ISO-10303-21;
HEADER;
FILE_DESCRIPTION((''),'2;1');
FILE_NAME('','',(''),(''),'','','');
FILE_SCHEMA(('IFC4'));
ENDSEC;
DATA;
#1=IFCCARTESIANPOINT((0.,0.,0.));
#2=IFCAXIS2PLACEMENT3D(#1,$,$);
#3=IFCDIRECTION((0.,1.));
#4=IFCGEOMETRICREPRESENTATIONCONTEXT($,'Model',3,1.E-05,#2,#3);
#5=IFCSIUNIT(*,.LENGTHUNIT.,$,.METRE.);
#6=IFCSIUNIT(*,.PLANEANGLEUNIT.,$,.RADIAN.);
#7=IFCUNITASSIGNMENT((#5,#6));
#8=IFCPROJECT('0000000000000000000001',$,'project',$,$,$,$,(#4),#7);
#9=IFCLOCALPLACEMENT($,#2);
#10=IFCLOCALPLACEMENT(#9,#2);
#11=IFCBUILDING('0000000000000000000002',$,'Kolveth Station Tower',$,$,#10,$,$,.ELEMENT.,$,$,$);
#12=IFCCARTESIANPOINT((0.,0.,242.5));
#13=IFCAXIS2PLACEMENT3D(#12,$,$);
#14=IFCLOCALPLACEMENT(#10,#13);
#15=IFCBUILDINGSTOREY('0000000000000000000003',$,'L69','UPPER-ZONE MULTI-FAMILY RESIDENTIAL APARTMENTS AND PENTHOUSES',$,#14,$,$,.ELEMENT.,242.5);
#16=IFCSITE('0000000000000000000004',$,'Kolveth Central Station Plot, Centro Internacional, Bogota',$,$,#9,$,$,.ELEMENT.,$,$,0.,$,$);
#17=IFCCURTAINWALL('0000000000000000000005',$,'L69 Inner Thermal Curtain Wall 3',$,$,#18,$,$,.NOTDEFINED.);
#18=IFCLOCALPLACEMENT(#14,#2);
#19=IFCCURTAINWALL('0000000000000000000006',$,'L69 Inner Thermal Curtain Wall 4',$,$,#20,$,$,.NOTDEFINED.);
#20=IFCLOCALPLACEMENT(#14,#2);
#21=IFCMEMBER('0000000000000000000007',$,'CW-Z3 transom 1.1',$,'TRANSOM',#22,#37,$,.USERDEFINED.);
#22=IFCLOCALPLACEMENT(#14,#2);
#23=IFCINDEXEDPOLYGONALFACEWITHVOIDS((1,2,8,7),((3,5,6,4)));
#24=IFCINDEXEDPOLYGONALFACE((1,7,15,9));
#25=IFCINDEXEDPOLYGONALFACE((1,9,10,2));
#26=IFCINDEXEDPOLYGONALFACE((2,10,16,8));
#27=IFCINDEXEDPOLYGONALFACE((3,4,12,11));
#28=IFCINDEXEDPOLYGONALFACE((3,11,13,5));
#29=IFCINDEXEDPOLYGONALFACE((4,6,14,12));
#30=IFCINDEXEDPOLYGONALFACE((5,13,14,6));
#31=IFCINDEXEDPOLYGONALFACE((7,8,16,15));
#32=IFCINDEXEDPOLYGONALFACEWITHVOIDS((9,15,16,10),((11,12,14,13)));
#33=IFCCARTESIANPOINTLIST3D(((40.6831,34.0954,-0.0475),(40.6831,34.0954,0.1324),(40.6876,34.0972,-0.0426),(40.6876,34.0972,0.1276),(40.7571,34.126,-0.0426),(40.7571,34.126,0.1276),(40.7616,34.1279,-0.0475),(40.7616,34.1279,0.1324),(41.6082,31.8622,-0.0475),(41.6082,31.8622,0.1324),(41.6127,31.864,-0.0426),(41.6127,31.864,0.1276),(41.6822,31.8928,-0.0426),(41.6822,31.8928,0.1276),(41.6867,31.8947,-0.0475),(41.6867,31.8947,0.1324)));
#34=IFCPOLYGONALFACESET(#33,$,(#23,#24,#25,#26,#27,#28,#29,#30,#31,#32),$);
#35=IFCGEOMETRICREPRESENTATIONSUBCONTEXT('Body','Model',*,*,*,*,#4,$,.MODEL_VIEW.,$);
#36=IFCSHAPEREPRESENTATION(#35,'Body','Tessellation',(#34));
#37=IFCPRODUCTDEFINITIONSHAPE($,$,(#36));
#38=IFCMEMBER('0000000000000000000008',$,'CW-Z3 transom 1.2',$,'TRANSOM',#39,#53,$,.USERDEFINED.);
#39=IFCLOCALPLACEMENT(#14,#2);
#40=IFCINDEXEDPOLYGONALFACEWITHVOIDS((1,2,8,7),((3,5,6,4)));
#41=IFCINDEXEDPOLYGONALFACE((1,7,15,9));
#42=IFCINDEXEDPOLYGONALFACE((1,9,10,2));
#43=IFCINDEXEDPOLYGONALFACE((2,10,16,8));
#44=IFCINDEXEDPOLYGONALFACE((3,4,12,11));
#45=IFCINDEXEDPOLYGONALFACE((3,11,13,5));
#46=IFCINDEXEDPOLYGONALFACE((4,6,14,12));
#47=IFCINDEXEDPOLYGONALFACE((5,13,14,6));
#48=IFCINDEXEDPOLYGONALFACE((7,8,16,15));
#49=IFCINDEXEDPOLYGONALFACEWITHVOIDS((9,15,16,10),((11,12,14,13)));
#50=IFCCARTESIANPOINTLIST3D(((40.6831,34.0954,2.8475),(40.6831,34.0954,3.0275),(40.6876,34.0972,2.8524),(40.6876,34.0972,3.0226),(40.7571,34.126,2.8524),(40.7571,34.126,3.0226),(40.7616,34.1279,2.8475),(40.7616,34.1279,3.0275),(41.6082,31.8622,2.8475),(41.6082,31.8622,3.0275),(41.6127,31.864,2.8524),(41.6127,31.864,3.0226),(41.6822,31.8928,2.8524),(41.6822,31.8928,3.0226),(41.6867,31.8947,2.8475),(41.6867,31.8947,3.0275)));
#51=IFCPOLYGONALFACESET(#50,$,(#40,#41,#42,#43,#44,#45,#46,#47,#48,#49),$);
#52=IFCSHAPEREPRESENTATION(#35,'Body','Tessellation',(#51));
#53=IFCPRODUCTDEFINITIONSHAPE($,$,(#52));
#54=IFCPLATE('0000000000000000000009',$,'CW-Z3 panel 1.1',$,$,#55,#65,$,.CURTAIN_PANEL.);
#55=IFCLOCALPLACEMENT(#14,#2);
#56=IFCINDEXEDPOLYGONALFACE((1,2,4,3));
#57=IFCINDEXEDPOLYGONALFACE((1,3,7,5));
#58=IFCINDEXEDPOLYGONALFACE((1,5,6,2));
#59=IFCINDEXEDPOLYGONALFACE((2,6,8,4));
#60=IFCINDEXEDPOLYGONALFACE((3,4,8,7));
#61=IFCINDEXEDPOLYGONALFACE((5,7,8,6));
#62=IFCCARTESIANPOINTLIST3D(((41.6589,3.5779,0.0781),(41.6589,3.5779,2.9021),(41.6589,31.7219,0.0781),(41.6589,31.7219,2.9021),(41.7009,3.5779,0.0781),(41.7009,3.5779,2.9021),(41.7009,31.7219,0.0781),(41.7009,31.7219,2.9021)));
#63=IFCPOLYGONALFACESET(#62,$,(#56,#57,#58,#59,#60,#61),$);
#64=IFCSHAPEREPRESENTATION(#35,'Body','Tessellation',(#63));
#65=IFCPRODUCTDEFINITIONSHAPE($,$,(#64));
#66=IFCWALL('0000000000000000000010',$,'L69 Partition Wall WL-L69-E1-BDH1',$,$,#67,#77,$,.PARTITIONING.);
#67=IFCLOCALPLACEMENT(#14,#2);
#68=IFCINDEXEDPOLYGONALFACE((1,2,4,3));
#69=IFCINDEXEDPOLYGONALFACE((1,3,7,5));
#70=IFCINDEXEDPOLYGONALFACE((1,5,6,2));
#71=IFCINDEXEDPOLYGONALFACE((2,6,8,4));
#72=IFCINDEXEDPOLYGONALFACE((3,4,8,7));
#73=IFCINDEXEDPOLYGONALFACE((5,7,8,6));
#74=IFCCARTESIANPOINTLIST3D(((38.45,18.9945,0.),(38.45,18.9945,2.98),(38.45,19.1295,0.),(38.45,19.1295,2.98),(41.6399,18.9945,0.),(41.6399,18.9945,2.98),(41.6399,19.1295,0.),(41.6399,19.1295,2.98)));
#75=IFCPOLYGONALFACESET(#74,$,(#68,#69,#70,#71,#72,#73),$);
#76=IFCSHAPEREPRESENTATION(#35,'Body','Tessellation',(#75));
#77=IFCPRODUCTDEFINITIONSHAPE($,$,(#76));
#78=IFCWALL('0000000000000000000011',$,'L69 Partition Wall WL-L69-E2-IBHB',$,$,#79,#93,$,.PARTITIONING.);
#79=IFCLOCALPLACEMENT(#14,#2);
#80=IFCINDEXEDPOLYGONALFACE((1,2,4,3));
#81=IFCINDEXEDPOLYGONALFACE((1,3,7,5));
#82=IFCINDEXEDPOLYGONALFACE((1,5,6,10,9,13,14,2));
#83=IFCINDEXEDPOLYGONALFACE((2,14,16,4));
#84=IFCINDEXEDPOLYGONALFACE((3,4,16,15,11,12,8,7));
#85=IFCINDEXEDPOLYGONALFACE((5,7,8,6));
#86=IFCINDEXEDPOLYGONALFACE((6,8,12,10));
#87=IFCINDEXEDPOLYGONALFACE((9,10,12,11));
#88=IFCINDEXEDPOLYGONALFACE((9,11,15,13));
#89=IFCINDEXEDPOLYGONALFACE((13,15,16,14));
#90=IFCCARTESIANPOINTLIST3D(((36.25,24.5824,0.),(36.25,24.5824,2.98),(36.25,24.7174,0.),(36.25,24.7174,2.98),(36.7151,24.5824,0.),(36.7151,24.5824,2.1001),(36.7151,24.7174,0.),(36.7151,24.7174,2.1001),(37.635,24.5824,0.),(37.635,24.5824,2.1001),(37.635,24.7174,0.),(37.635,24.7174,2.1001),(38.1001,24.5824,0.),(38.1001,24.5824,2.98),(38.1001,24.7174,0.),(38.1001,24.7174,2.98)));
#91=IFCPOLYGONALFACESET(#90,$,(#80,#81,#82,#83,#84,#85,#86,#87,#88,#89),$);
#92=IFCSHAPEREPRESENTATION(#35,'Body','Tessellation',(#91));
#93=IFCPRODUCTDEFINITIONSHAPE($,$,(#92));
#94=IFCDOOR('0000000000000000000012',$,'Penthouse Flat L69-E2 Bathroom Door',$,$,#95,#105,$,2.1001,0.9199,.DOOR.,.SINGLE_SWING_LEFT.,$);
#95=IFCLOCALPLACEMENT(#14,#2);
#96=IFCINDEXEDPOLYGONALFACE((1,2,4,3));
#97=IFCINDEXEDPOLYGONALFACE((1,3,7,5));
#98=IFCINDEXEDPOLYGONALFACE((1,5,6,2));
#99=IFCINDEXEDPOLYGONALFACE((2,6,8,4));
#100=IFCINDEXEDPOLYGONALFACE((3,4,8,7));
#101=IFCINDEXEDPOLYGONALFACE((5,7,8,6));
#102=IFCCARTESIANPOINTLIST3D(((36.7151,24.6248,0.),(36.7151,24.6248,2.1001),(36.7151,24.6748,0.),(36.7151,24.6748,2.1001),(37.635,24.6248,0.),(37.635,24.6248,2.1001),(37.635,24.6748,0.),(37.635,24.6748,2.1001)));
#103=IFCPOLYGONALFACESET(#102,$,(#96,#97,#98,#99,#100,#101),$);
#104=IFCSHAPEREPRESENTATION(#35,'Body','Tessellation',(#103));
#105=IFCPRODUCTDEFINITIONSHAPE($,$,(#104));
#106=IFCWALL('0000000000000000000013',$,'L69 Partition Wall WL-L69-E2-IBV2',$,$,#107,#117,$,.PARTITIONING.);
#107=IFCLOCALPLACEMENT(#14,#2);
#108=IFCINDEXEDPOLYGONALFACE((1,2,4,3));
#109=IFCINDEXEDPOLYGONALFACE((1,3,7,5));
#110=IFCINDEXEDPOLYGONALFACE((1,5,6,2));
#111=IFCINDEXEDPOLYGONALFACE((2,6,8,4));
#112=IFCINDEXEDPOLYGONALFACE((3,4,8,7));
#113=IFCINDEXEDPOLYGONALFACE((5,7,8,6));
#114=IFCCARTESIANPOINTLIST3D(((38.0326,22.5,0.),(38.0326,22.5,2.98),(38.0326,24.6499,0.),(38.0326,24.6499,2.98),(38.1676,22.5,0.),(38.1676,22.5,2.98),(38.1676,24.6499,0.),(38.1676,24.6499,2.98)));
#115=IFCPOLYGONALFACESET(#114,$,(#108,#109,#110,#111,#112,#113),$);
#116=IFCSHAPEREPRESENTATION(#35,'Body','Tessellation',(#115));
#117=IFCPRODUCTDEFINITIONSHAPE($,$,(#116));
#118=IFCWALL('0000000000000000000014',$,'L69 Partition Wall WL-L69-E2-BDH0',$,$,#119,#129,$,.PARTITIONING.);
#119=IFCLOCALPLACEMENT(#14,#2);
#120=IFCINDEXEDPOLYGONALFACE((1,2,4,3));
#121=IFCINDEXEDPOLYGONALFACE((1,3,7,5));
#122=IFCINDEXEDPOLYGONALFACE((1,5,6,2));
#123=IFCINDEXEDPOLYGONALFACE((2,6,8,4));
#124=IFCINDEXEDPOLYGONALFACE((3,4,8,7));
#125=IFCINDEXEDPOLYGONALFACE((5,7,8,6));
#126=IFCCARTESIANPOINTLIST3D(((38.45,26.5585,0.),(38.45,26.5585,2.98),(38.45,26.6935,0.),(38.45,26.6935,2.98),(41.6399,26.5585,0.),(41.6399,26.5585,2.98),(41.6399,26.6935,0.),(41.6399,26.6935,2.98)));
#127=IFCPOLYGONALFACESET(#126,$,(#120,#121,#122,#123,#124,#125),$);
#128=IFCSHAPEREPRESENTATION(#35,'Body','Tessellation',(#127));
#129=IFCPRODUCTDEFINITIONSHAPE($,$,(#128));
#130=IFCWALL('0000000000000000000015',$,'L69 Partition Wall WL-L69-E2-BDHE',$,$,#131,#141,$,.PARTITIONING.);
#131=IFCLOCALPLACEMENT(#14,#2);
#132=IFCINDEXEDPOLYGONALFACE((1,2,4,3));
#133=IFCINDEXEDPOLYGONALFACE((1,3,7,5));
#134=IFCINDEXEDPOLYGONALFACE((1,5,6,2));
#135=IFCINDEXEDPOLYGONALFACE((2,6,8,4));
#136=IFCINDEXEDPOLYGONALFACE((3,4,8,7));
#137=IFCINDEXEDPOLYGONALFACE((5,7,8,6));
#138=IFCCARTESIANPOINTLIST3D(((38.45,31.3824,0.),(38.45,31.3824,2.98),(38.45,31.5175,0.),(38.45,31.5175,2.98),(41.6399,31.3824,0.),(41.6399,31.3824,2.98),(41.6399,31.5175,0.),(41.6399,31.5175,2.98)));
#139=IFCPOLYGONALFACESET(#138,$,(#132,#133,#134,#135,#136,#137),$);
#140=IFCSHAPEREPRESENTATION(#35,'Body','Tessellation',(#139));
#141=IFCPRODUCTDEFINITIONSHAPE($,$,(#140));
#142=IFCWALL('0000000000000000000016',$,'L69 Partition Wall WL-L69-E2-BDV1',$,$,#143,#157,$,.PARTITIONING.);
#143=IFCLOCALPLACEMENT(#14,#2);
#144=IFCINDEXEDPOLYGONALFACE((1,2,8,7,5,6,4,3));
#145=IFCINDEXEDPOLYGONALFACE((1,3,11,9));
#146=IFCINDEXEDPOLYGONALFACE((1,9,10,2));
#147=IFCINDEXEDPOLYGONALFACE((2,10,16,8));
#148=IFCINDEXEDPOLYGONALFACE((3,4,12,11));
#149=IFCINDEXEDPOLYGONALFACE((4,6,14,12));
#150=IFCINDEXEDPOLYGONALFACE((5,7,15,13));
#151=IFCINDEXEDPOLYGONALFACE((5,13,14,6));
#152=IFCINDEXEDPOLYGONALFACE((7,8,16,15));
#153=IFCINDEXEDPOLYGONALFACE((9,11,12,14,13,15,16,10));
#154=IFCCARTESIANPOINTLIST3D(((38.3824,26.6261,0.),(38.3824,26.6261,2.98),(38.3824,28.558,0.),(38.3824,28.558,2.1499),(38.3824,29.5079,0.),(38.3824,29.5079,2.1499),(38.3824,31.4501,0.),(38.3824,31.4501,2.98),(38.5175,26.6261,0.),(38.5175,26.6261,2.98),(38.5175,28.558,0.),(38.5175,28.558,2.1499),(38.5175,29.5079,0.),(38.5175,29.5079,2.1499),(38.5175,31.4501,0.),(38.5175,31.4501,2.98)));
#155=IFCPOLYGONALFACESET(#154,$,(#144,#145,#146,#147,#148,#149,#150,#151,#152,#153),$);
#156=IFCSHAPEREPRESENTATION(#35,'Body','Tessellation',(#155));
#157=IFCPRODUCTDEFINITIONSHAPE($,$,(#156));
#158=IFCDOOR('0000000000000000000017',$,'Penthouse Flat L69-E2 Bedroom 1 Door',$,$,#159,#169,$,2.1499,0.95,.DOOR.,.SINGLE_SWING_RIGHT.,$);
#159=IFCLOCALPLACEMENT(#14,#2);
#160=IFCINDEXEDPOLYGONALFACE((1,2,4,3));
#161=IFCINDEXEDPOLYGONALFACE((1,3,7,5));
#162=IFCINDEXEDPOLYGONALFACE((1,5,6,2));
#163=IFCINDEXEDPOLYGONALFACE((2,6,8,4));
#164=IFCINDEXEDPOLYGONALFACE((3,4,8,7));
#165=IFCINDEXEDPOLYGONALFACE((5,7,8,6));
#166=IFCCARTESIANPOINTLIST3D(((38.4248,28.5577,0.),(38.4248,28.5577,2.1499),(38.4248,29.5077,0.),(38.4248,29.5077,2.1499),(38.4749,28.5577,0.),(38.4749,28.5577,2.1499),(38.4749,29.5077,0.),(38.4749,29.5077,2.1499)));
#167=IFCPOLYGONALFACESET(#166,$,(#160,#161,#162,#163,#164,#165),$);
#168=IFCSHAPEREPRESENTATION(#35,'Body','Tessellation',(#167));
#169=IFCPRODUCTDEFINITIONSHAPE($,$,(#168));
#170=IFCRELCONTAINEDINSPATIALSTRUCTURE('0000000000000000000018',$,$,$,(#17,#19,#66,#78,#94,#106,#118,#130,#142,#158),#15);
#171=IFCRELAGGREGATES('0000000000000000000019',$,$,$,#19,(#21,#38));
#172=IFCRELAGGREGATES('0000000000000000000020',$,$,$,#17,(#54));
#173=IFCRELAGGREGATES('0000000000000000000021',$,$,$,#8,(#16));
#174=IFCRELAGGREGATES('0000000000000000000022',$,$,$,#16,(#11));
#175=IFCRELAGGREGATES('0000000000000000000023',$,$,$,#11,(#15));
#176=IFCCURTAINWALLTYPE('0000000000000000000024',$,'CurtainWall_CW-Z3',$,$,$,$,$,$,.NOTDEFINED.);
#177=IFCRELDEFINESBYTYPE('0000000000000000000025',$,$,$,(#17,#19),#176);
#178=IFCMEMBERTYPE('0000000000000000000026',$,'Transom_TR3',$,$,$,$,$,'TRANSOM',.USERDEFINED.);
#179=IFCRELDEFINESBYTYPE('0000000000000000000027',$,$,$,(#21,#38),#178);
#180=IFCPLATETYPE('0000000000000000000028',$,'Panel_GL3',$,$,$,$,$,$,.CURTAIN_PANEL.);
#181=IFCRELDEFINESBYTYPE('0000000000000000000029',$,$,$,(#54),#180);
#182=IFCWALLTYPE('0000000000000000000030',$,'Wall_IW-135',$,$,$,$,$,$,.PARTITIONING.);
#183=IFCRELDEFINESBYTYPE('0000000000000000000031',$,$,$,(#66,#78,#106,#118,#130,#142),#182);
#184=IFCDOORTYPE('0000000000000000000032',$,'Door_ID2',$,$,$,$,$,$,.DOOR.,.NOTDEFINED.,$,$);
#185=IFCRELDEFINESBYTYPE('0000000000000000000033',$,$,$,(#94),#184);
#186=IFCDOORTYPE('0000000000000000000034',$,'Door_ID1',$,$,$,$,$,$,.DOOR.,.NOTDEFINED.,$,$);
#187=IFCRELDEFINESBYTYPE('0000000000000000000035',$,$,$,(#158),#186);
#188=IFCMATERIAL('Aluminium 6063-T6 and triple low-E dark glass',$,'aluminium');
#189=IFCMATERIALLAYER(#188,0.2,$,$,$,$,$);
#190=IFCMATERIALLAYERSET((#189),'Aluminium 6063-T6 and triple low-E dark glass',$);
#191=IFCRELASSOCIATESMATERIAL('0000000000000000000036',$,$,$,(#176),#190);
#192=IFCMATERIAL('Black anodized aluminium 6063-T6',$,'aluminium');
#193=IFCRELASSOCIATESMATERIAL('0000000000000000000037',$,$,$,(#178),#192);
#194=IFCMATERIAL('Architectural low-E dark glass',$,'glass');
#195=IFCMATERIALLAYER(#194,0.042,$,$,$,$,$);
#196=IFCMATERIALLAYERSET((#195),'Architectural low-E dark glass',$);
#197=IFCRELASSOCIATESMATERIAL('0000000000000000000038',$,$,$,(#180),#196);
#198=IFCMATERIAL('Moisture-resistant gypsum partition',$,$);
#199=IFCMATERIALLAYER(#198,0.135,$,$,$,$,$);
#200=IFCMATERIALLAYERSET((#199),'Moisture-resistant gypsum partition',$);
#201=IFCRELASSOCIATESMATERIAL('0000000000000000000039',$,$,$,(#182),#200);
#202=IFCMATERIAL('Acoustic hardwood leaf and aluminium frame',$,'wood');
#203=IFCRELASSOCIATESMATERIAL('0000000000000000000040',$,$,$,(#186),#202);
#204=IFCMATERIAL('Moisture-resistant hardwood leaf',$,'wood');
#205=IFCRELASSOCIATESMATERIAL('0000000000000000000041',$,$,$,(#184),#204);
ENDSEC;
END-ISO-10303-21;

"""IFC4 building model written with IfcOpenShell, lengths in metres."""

from ifc_helpers import new_model, si_unit, direction, frame, frame_2d, origin, origin_2d, place, context, subcontext, project, spatial, rectangle, hollow_rectangle, extrude, source, transform, mapped, material, layer, layer_set, material_profile, profile_set, type_object, element, fill, aggregate, save


model = new_model("IFC4")

# Units and contexts
model_context = context("Model", 3, precision=1e-05, world=origin(), true_north=direction((0.0, 1.0)))
body_context = subcontext(model_context, "Body", "Model", "MODEL_VIEW")
ifc_project = project(units=[si_unit("LENGTHUNIT", "METRE"), si_unit("PLANEANGLEUNIT", "RADIAN")], contexts=[model_context])

# Site, building, storey
site_placement = place(None, origin())
site = spatial("IfcSite", under=ifc_project, at=site_placement, Name="Kolveth Central Station Plot, Centro Internacional, Bogota", CompositionType="ELEMENT", RefElevation=0.0)
building_placement = place(site_placement, origin())
building = spatial("IfcBuilding", under=site, at=building_placement, Name="Kolveth Station Tower", CompositionType="ELEMENT")
storey_placement = place(building_placement, frame((0.0, 0.0, 242.5)))
storey = spatial("IfcBuildingStorey", under=building, at=storey_placement, Name="L69", Description="UPPER-ZONE MULTI-FAMILY RESIDENTIAL APARTMENTS AND PENTHOUSES", CompositionType="ELEMENT", Elevation=242.5)

# Curtain wall
ifc_material_1 = material(Name="Black anodized aluminium 6063-T6", Category="aluminium")
ifc_material_2 = material(Name="Aluminium 6063-T6 and triple low-E dark glass", Category="aluminium")
ifc_layer_1 = layer(ifc_material_2, 0.2)
ifc_layer_set_1 = layer_set([ifc_layer_1], Name="Aluminium 6063-T6 and triple low-E dark glass")
curtain_wall_type_1 = type_object("IfcCurtainWallType", Name="CurtainWall_CW-Z3", PredefinedType="NOTDEFINED", material=ifc_layer_set_1)
curtain_wall_1_placement = place(storey_placement, origin())
curtain_wall_1 = element("IfcCurtainWall", 1, at=curtain_wall_1_placement, inside=storey, type_object=curtain_wall_type_1, Name="L69 Inner Thermal Curtain Wall 3", PredefinedType="NOTDEFINED")

# Curtain wall, members
curtain_wall_2_placement = place(storey_placement, origin())
curtain_wall_2 = element("IfcCurtainWall", 2, at=curtain_wall_2_placement, inside=storey, type_object=curtain_wall_type_1, Name="L69 Inner Thermal Curtain Wall 4", PredefinedType="NOTDEFINED")
ifc_material_profile_1 = material_profile(ifc_material_1, hollow_rectangle(XDim=0.085, YDim=0.1799, WallThickness=0.0049, at=origin_2d()), Name="ALU-85x180x5")
ifc_profile_set_1 = profile_set([ifc_material_profile_1], Name="Black anodized aluminium 6063-T6")
member_type_1 = type_object("IfcMemberType", Name="Transom_TR3", ElementType="TRANSOM", PredefinedType="USERDEFINED", material=ifc_profile_set_1)
shared_shape_1 = source(origin(), body_context, "Body", "SweptSolid", [
    extrude(hollow_rectangle(XDim=0.085, YDim=0.1799, WallThickness=0.0049, at=origin_2d()), origin(), (0.0, 0.0, 1.0), 2.4172),
])
member_1_placement = place(storey_placement, frame((41.6475, 31.8784, 0.0425), z_axis=(-0.3827, 0.923873, 0.0), x_axis=(-0.923873, -0.3827, 0.0)))
member_1 = element("IfcMember", 3, at=member_1_placement, type_object=member_type_1, Name="CW-Z3 transom 1.1", ObjectType="TRANSOM", PredefinedType="USERDEFINED", context=body_context, shape_type="MappedRepresentation", body=[
    mapped(shared_shape_1, transform((0.0, 0.0, 0.0), x_axis=(1.0, 0.0, 0.0), y_axis=(0.0, 1.0, 0.0), z_axis=(0.0, 0.0, 1.0), scale=1.0)),
])
member_2_placement = place(storey_placement, frame((41.6475, 31.8784, 2.9375), z_axis=(-0.3827, 0.923873, 0.0), x_axis=(-0.923873, -0.3827, 0.0)))
member_2 = element("IfcMember", 4, at=member_2_placement, type_object=member_type_1, Name="CW-Z3 transom 1.2", ObjectType="TRANSOM", PredefinedType="USERDEFINED", context=body_context, shape_type="MappedRepresentation", body=[
    mapped(shared_shape_1, transform((0.0, 0.0, 0.0), x_axis=(1.0, 0.0, 0.0), y_axis=(0.0, 1.0, 0.0), z_axis=(0.0, 0.0, 1.0), scale=1.0)),
])
aggregate(curtain_wall_2, [member_1, member_2])

# Plate
ifc_material_3 = material(Name="Architectural low-E dark glass", Category="glass")
ifc_layer_2 = layer(ifc_material_3, 0.042)
ifc_layer_set_2 = layer_set([ifc_layer_2], Name="Architectural low-E dark glass")
plate_type = type_object("IfcPlateType", Name="Panel_GL3", PredefinedType="CURTAIN_PANEL", material=ifc_layer_set_2)
shared_shape_2 = source(origin(), body_context, "Body", "SweptSolid", [
    extrude(rectangle(XDim=28.144, YDim=0.042, at=origin_2d()), origin(), (0.0, 0.0, 1.0), 2.824),
])
plate_placement = place(storey_placement, frame((41.6799, 17.6499, 0.0781), z_axis=(0.0, 0.0, 1.0), x_axis=(0.0, 1.0, 0.0)))
plate = element("IfcPlate", 5, at=plate_placement, type_object=plate_type, Name="CW-Z3 panel 1.1", PredefinedType="CURTAIN_PANEL", context=body_context, shape_type="MappedRepresentation", body=[
    mapped(shared_shape_2, transform((0.0, 0.0, 0.0), x_axis=(1.0, 0.0, 0.0), y_axis=(0.0, 1.0, 0.0), z_axis=(0.0, 0.0, 1.0), scale=1.0)),
])
aggregate(curtain_wall_1, [plate])

# Shared definitions
ifc_material_4 = material(Name="Moisture-resistant gypsum partition")
ifc_layer_3 = layer(ifc_material_4, 0.135)
ifc_layer_set_3 = layer_set([ifc_layer_3], Name="Moisture-resistant gypsum partition")
wall_type = type_object("IfcWallType", Name="Wall_IW-135", PredefinedType="PARTITIONING", material=ifc_layer_set_3)
ifc_material_5 = material(Name="Acoustic hardwood leaf and aluminium frame", Category="wood")
door_type_1 = type_object("IfcDoorType", Name="Door_ID1", OperationType="NOTDEFINED", PredefinedType="DOOR", material=ifc_material_5)

# Wall
wall_1_placement = place(storey_placement, frame((38.45, 19.062, 0.0), z_axis=(0.0, 0.0, 1.0), x_axis=(1.0, 0.0, 0.0)))
element("IfcWall", 6, at=wall_1_placement, inside=storey, type_object=wall_type, Name="L69 Partition Wall WL-L69-E1-BDH1", PredefinedType="PARTITIONING", context=body_context, shape_type="SweptSolid", body=[
    extrude(rectangle(XDim=3.1899, YDim=0.135, at=frame_2d((1.595, 0.0))), origin(), (0.0, 0.0, 1.0), 2.98),
])

# Wall, opening, door
wall_2_placement = place(storey_placement, frame((36.25, 24.6499, 0.0), z_axis=(0.0, 0.0, 1.0), x_axis=(1.0, 0.0, 0.0)))
wall_2 = element("IfcWall", 7, at=wall_2_placement, inside=storey, type_object=wall_type, Name="L69 Partition Wall WL-L69-E2-IBHB", PredefinedType="PARTITIONING", context=body_context, shape_type="SweptSolid", body=[
    extrude(rectangle(XDim=1.8501, YDim=0.135, at=frame_2d((0.925, 0.0))), origin(), (0.0, 0.0, 1.0), 2.98),
])
opening_1_placement = place(wall_2_placement, frame((0.4651, 0.0, 0.0)))
opening_1 = element("IfcOpeningElement", 8, at=opening_1_placement, cuts=wall_2, PredefinedType="OPENING", context=body_context, shape_type="SweptSolid", body=[
    extrude(rectangle(XDim=0.9199, YDim=2.1001, at=frame_2d((0.46, 1.05))), frame((0.0, 0.0774, 0.0), z_axis=(0.0, -1.0, 0.0), x_axis=(1.0, 0.0, 0.0)), (0.0, 0.0, 1.0), 0.155),
])
ifc_material_6 = material(Name="Moisture-resistant hardwood leaf", Category="wood")
door_type_2 = type_object("IfcDoorType", Name="Door_ID2", OperationType="NOTDEFINED", PredefinedType="DOOR", material=ifc_material_6)
door_1_placement = place(opening_1_placement, origin())
door_1 = element("IfcDoor", 9, at=door_1_placement, inside=storey, type_object=door_type_2, Name="Penthouse Flat L69-E2 Bathroom Door", OperationType="SINGLE_SWING_LEFT", OverallHeight=2.1001, OverallWidth=0.9199, PredefinedType="DOOR", context=body_context, shape_type="SweptSolid", body=[
    extrude(rectangle(XDim=0.9199, YDim=2.1001, at=frame_2d((0.46, 1.05))), frame((0.0, 0.0249, 0.0), z_axis=(0.0, -1.0, 0.0), x_axis=(1.0, 0.0, 0.0)), (0.0, 0.0, 1.0), 0.05),
])
fill(opening_1, door_1)

# Walls
wall_3_placement = place(storey_placement, frame((38.1001, 22.5, 0.0), z_axis=(0.0, 0.0, 1.0), x_axis=(0.0, 1.0, 0.0)))
element("IfcWall", 10, at=wall_3_placement, inside=storey, type_object=wall_type, Name="L69 Partition Wall WL-L69-E2-IBV2", PredefinedType="PARTITIONING", context=body_context, shape_type="SweptSolid", body=[
    extrude(rectangle(XDim=2.1499, YDim=0.135, at=frame_2d((1.075, 0.0))), origin(), (0.0, 0.0, 1.0), 2.98),
])
for number, where, z_axis, x_axis, name in (
    (11, (38.45, 26.626, 0.0), (0.0, 0.0, 1.0), (1.0, 0.0, 0.0), "L69 Partition Wall WL-L69-E2-BDH0"),
    (12, (38.45, 31.45, 0.0), (0.0, 0.0, 1.0), (1.0, 0.0, 0.0), "L69 Partition Wall WL-L69-E2-BDHE"),
):
    element("IfcWall", number, at=place(storey_placement, frame(where, z_axis=z_axis, x_axis=x_axis)), inside=storey, type_object=wall_type, Name=name, PredefinedType="PARTITIONING", context=body_context, shape_type="SweptSolid", body=[
        extrude(rectangle(XDim=3.1899, YDim=0.135, at=frame_2d((1.595, 0.0))), origin(), (0.0, 0.0, 1.0), 2.98),
    ])

# Wall, opening, door
wall_4_placement = place(storey_placement, frame((38.45, 26.626, 0.0), z_axis=(0.0, 0.0, 1.0), x_axis=(0.0, 1.0, 0.0)))
wall_4 = element("IfcWall", 13, at=wall_4_placement, inside=storey, type_object=wall_type, Name="L69 Partition Wall WL-L69-E2-BDV1", PredefinedType="PARTITIONING", context=body_context, shape_type="SweptSolid", body=[
    extrude(rectangle(XDim=4.824, YDim=0.135, at=frame_2d((2.4121, 0.0))), origin(), (0.0, 0.0, 1.0), 2.98),
])
opening_2_placement = place(wall_4_placement, frame((1.9319, 0.0, 0.0)))
opening_2 = element("IfcOpeningElement", 14, at=opening_2_placement, cuts=wall_4, PredefinedType="OPENING", context=body_context, shape_type="SweptSolid", body=[
    extrude(rectangle(XDim=0.95, YDim=2.1499, at=frame_2d((0.4751, 1.075))), frame((0.0, 0.0774, 0.0), z_axis=(0.0, -1.0, 0.0), x_axis=(1.0, 0.0, 0.0)), (0.0, 0.0, 1.0), 0.155),
])
door_2_placement = place(opening_2_placement, frame((0.95, 0.0, 0.0), z_axis=(0.0, 0.0, 1.0), x_axis=(-1.0, 0.0, 0.0)))
door_2 = element("IfcDoor", 15, at=door_2_placement, inside=storey, type_object=door_type_1, Name="Penthouse Flat L69-E2 Bedroom 1 Door", OperationType="SINGLE_SWING_RIGHT", OverallHeight=2.1499, OverallWidth=0.95, PredefinedType="DOOR", context=body_context, shape_type="SweptSolid", body=[
    extrude(rectangle(XDim=0.95, YDim=2.1499, at=frame_2d((0.4751, 1.075))), frame((0.0, 0.0249, 0.0), z_axis=(0.0, -1.0, 0.0), x_axis=(1.0, 0.0, 0.0)), (0.0, 0.0, 1.0), 0.05),
])
fill(opening_2, door_2)

save(model, "model.ifc")
